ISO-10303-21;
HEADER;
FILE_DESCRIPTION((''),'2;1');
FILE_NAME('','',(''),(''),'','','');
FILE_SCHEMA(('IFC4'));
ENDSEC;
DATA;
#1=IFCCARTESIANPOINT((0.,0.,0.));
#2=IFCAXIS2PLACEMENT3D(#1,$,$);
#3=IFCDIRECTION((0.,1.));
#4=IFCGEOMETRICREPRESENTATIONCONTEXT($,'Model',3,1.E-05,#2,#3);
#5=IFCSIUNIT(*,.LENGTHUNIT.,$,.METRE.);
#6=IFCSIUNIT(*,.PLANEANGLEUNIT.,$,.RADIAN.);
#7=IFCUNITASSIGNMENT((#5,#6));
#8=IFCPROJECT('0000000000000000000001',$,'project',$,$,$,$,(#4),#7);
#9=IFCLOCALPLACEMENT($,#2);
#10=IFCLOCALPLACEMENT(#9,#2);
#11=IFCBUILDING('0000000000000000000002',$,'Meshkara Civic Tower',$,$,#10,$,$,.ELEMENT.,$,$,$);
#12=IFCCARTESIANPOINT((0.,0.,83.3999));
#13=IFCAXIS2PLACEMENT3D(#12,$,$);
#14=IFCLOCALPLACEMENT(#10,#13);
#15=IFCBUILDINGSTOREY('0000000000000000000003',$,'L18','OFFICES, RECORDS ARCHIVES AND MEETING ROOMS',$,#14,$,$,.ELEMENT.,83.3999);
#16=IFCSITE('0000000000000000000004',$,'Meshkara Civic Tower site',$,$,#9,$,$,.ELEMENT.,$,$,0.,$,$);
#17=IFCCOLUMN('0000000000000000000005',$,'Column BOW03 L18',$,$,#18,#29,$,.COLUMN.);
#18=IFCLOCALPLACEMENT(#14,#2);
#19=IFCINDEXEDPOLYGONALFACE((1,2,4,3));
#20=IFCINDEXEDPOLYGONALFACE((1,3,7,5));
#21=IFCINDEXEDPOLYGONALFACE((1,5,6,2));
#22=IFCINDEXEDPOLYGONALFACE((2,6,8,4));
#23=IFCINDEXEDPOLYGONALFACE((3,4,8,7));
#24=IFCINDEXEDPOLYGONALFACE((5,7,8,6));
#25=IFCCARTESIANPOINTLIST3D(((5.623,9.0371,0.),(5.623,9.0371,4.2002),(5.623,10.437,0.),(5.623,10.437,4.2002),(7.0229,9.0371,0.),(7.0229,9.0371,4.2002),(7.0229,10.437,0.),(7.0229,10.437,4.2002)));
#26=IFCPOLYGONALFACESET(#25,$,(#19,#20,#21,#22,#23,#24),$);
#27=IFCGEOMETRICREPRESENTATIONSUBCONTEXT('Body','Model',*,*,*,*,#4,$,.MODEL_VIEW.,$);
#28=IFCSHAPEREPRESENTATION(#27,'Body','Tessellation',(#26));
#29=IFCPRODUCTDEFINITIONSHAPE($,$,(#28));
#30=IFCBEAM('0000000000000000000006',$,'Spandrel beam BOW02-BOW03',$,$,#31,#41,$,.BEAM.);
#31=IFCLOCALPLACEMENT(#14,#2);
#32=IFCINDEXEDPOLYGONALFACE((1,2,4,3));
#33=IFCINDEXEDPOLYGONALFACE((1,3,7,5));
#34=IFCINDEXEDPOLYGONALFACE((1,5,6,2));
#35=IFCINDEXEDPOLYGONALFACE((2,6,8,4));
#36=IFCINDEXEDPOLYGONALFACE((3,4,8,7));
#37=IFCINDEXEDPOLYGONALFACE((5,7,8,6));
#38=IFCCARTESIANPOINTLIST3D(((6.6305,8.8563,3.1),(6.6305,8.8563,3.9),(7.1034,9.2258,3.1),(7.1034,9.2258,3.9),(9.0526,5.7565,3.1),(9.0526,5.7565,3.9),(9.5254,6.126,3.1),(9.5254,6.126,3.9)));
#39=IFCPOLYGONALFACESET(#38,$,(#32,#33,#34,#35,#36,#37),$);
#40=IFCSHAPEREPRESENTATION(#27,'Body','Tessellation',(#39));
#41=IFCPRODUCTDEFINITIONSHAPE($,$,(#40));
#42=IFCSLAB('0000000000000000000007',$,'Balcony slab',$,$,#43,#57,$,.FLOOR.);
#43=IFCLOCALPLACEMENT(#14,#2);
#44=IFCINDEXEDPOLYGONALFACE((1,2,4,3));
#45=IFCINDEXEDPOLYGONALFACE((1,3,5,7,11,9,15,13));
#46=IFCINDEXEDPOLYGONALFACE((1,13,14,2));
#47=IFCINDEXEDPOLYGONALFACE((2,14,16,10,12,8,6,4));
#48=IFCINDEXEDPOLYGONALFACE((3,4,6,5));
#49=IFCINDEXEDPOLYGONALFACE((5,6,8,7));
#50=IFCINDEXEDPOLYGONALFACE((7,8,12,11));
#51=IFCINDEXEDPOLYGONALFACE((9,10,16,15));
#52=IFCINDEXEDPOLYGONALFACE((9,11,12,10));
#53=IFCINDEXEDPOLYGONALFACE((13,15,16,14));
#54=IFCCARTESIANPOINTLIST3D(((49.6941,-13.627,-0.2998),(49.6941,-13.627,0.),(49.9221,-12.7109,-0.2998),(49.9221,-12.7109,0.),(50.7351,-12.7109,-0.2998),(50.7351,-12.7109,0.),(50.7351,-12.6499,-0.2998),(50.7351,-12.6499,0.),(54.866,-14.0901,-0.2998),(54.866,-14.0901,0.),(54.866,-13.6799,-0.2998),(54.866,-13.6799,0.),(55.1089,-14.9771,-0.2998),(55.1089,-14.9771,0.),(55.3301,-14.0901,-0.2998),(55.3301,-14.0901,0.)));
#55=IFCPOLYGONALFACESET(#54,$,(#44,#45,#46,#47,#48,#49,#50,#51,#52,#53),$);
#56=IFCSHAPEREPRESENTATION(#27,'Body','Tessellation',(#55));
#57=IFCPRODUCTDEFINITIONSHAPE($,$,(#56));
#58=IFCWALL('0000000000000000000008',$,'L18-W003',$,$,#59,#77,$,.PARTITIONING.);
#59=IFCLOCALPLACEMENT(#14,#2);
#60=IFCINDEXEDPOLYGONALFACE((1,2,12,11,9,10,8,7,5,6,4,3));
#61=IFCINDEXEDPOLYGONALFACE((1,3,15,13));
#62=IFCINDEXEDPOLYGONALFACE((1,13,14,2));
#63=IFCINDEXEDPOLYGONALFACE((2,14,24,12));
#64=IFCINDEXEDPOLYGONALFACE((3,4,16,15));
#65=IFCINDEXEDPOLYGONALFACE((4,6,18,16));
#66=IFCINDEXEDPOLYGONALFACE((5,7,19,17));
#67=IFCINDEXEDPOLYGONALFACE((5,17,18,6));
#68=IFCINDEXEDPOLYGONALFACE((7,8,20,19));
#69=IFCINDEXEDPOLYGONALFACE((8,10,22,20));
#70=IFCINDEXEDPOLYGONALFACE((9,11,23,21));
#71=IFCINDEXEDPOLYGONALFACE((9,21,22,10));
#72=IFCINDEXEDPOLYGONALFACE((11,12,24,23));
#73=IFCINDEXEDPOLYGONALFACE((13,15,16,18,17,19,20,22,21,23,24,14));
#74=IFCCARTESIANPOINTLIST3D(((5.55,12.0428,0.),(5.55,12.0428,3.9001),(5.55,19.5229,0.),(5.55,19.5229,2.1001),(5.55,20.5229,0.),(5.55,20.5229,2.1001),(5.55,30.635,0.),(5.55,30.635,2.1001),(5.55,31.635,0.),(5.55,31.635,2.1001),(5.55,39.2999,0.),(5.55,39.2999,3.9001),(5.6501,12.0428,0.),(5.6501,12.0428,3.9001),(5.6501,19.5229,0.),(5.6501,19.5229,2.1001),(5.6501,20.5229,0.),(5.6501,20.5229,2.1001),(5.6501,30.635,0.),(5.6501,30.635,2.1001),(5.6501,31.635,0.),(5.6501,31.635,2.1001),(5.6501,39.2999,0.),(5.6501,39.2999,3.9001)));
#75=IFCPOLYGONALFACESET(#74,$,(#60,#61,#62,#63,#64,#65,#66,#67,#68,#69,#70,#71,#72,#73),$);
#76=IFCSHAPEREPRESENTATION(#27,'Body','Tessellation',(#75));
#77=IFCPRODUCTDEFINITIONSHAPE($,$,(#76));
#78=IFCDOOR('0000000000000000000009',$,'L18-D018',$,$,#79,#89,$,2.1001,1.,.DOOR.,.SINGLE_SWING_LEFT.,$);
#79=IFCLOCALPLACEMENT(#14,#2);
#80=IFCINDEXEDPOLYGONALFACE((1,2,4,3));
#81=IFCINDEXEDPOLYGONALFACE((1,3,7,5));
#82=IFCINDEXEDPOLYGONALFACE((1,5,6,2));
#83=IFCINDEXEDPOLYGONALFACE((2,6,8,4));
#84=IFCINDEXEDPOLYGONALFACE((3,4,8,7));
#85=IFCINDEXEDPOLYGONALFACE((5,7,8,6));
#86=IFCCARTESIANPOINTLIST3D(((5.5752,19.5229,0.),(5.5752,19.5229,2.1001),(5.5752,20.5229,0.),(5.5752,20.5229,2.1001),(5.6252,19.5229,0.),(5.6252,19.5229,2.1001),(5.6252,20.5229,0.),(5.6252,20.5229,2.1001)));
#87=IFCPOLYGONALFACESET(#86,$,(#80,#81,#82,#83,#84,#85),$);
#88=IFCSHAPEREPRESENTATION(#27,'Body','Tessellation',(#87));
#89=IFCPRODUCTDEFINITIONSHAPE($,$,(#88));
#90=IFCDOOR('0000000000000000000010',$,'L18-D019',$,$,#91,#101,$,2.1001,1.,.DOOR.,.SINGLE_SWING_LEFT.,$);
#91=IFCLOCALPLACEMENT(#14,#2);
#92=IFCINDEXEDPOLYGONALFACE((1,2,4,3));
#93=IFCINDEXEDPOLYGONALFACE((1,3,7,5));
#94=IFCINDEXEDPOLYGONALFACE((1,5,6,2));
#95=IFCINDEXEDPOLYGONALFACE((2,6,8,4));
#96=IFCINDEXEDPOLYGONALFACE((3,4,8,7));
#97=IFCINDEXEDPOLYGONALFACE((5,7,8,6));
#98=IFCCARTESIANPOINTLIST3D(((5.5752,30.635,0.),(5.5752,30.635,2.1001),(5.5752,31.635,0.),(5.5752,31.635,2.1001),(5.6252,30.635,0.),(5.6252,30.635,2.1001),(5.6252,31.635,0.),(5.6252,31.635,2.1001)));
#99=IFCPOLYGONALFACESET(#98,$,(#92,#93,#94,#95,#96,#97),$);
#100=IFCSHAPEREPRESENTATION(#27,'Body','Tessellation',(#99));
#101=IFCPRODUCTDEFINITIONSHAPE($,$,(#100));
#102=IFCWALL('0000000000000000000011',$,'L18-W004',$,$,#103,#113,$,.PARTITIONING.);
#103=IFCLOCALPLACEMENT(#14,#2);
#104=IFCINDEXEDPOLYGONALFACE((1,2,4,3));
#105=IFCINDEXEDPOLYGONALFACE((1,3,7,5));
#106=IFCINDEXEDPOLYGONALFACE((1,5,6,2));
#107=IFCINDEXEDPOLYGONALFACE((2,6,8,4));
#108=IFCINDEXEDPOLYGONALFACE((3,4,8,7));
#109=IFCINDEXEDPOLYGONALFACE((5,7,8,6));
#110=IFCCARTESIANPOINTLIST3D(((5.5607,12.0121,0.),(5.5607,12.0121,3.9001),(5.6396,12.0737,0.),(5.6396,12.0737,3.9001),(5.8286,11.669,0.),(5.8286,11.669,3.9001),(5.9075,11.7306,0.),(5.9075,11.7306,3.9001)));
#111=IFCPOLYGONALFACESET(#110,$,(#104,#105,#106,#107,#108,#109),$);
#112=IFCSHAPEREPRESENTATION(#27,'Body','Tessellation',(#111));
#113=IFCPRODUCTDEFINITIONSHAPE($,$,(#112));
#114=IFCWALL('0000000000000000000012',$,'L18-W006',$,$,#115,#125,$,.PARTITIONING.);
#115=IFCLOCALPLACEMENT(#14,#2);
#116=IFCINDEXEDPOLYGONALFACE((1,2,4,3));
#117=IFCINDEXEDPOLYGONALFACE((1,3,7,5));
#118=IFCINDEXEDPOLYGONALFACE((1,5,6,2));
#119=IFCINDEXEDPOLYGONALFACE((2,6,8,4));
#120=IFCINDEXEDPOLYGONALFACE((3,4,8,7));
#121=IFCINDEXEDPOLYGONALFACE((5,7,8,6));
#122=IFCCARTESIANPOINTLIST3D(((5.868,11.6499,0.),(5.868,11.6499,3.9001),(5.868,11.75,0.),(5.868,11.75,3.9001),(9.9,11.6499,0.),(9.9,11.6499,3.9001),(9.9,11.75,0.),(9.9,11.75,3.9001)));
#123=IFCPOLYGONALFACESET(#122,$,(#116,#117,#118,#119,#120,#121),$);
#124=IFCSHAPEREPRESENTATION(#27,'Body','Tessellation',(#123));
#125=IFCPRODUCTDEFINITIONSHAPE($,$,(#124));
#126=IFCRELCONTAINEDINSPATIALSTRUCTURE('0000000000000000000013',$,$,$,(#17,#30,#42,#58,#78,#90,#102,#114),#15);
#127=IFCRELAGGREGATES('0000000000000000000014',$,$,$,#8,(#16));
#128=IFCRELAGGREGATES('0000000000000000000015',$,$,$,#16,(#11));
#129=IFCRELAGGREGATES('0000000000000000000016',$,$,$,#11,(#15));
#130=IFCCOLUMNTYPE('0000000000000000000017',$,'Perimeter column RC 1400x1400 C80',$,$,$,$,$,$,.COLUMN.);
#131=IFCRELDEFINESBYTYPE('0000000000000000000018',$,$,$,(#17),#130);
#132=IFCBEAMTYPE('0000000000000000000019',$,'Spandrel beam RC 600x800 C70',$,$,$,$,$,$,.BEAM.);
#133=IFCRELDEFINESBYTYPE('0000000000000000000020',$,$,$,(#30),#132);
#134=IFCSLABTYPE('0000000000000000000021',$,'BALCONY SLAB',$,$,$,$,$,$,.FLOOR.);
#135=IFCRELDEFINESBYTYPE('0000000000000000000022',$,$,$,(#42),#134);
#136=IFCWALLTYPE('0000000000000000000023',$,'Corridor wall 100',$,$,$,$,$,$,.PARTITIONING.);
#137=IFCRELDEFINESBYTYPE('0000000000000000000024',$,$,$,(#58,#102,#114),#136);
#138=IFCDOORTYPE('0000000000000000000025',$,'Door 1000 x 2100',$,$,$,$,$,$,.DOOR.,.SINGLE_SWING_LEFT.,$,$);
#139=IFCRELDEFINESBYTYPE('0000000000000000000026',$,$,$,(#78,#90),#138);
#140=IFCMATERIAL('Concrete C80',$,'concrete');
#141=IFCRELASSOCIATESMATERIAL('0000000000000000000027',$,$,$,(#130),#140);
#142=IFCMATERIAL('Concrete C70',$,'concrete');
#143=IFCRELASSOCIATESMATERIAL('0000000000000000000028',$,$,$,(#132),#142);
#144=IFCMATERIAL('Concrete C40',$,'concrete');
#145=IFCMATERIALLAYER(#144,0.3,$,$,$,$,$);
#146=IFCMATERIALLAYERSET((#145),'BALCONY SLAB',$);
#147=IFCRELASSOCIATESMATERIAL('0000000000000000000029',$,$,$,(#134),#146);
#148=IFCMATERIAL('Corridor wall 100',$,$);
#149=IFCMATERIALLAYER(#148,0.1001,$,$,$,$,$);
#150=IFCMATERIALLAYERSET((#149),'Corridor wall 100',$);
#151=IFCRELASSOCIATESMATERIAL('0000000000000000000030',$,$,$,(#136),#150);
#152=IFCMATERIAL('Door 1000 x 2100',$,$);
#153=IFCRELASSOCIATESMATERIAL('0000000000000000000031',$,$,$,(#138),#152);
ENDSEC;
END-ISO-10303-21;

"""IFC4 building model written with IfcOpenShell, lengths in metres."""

from ifc_helpers import new_model, si_unit, direction, frame, frame_2d, origin, origin_2d, place, context, subcontext, project, spatial, polyline, rectangle, outline, extrude, material, layer, layer_set, material_profile, profile_set, type_object, element, fill, save


model = new_model("IFC4")

# Units and contexts
model_context = context("Model", 3, precision=1e-05, world=origin(), true_north=direction((0.0, 1.0)))
body_context = subcontext(model_context, "Body", "Model", "MODEL_VIEW")
ifc_project = project(units=[si_unit("LENGTHUNIT", "METRE"), si_unit("PLANEANGLEUNIT", "RADIAN")], contexts=[model_context])

# Site, building, storey
site_placement = place(None, origin())
site = spatial("IfcSite", under=ifc_project, at=site_placement, Name="Meshkara Civic Tower site", CompositionType="ELEMENT", RefElevation=0.0)
building_placement = place(site_placement, origin())
building = spatial("IfcBuilding", under=site, at=building_placement, Name="Meshkara Civic Tower", CompositionType="ELEMENT")
storey_placement = place(building_placement, frame((0.0, 0.0, 83.3999)))
storey = spatial("IfcBuildingStorey", under=building, at=storey_placement, Name="L18", Description="OFFICES, RECORDS ARCHIVES AND MEETING ROOMS", CompositionType="ELEMENT", Elevation=83.3999)

# Column
ifc_material_1 = material(Name="Concrete C80", Category="concrete")
ifc_material_profile_1 = material_profile(ifc_material_1, rectangle(XDim=1.3999, YDim=1.3999, at=origin_2d()))
ifc_profile_set_1 = profile_set([ifc_material_profile_1], Name="Concrete C80")
column_type = type_object("IfcColumnType", Name="Perimeter column RC 1400x1400 C80", PredefinedType="COLUMN", material=ifc_profile_set_1)
column_placement = place(storey_placement, frame((6.323, 9.7371, 0.0), z_axis=(0.0, 0.0, 1.0), x_axis=(1.0, 0.0, 0.0)))
element("IfcColumn", 1, at=column_placement, inside=storey, type_object=column_type, Name="Column BOW03 L18", PredefinedType="COLUMN", context=body_context, shape_type="SweptSolid", body=[
    extrude(rectangle(XDim=1.3999, YDim=1.3999, at=origin_2d()), origin(), (0.0, 0.0, 1.0), 4.2002),
])

# Beam
ifc_material_2 = material(Name="Concrete C70", Category="concrete")
ifc_material_profile_2 = material_profile(ifc_material_2, rectangle(XDim=0.6001, YDim=0.8, at=origin_2d()))
ifc_profile_set_2 = profile_set([ifc_material_profile_2], Name="Concrete C70")
beam_type = type_object("IfcBeamType", Name="Spandrel beam RC 600x800 C70", PredefinedType="BEAM", material=ifc_profile_set_2)
beam_placement = place(storey_placement, frame((6.8669, 9.041, 3.5), z_axis=(0.615701, -0.78798, 0.0), x_axis=(0.78798, 0.615701, 0.0)))
element("IfcBeam", 2, at=beam_placement, inside=storey, type_object=beam_type, Name="Spandrel beam BOW02-BOW03", PredefinedType="BEAM", context=body_context, shape_type="SweptSolid", body=[
    extrude(rectangle(XDim=0.6001, YDim=0.8, at=origin_2d()), origin(), (0.0, 0.0, 1.0), 3.9338),
])

# Slab
ifc_material_3 = material(Name="Concrete C40", Category="concrete")
ifc_layer_1 = layer(ifc_material_3, 0.3)
ifc_layer_set_1 = layer_set([ifc_layer_1], Name="BALCONY SLAB")
slab_type = type_object("IfcSlabType", Name="BALCONY SLAB", PredefinedType="FLOOR", material=ifc_layer_set_1)
slab_placement = place(storey_placement, frame((0.0, 0.0, -0.2998)))
element("IfcSlab", 3, at=slab_placement, inside=storey, type_object=slab_type, Name="Balcony slab", PredefinedType="FLOOR", context=body_context, shape_type="SweptSolid", body=[
    extrude(outline(polyline([(55.1089, -14.9771), (49.6941, -13.627), (49.9221, -12.7109), (50.7351, -12.7109), (50.7351, -12.6499), (54.866, -13.6799), (54.866, -14.0901), (55.3301, -14.0901), (55.1089, -14.9771)])), origin(), (0.0, 0.0, 1.0), 0.2998),
])

# Wall, openings, doors
ifc_material_4 = material(Name="Corridor wall 100")
ifc_layer_2 = layer(ifc_material_4, 0.1001)
ifc_layer_set_2 = layer_set([ifc_layer_2], Name="Corridor wall 100")
wall_type_1 = type_object("IfcWallType", Name="Corridor wall 100", PredefinedType="PARTITIONING", material=ifc_layer_set_2)
wall_1_placement = place(storey_placement, frame((5.6001, 12.043, 0.0), z_axis=(0.0, 0.0, 1.0), x_axis=(0.0, 1.0, 0.0)))
wall_1 = element("IfcWall", 4, at=wall_1_placement, inside=storey, type_object=wall_type_1, Name="L18-W003", PredefinedType="PARTITIONING", context=body_context, shape_type="SweptSolid", body=[
    extrude(rectangle(XDim=27.2571, YDim=0.1001, at=frame_2d((13.6284, 0.0))), origin(), (0.0, 0.0, 1.0), 3.9001),
])
opening_1_placement = place(wall_1_placement, frame((7.48, 0.0, 0.0)))
opening_1 = element("IfcOpeningElement", 5, at=opening_1_placement, cuts=wall_1, PredefinedType="OPENING", context=body_context, shape_type="SweptSolid", body=[
    extrude(rectangle(XDim=1.0, YDim=2.1001, at=frame_2d((0.5, 1.05))), frame((0.0, 0.0601, 0.0), z_axis=(0.0, -1.0, 0.0), x_axis=(1.0, 0.0, 0.0)), (0.0, 0.0, 1.0), 0.1201),
])
opening_2_placement = place(wall_1_placement, frame((18.592, 0.0, 0.0)))
opening_2 = element("IfcOpeningElement", 6, at=opening_2_placement, cuts=wall_1, PredefinedType="OPENING", context=body_context, shape_type="SweptSolid", body=[
    extrude(rectangle(XDim=1.0, YDim=2.1001, at=frame_2d((0.5, 1.05))), frame((0.0, 0.0601, 0.0), z_axis=(0.0, -1.0, 0.0), x_axis=(1.0, 0.0, 0.0)), (0.0, 0.0, 1.0), 0.1201),
])
ifc_material_5 = material(Name="Door 1000 x 2100")
door_type_1 = type_object("IfcDoorType", Name="Door 1000 x 2100", OperationType="SINGLE_SWING_LEFT", PredefinedType="DOOR", material=ifc_material_5)
door_1_placement = place(opening_1_placement, origin())
door_1 = element("IfcDoor", 7, at=door_1_placement, inside=storey, type_object=door_type_1, Name="L18-D018", OperationType="SINGLE_SWING_LEFT", OverallHeight=2.1001, OverallWidth=1.0, PredefinedType="DOOR", context=body_context, shape_type="SweptSolid", body=[
    extrude(rectangle(XDim=1.0, YDim=2.1001, at=frame_2d((0.5, 1.05))), frame((0.0, 0.0249, 0.0), z_axis=(0.0, -1.0, 0.0), x_axis=(1.0, 0.0, 0.0)), (0.0, 0.0, 1.0), 0.05),
])
fill(opening_1, door_1)
door_2_placement = place(opening_2_placement, origin())
door_2 = element("IfcDoor", 8, at=door_2_placement, inside=storey, type_object=door_type_1, Name="L18-D019", OperationType="SINGLE_SWING_LEFT", OverallHeight=2.1001, OverallWidth=1.0, PredefinedType="DOOR", context=body_context, shape_type="SweptSolid", body=[
    extrude(rectangle(XDim=1.0, YDim=2.1001, at=frame_2d((0.5, 1.05))), frame((0.0, 0.0249, 0.0), z_axis=(0.0, -1.0, 0.0), x_axis=(1.0, 0.0, 0.0)), (0.0, 0.0, 1.0), 0.05),
])
fill(opening_2, door_2)

# Walls
wall_2_placement = place(storey_placement, frame((5.6001, 12.043, 0.0), z_axis=(0.0, 0.0, 1.0), x_axis=(0.615415, -0.788203, 0.0)))
element("IfcWall", 9, at=wall_2_placement, inside=storey, type_object=wall_type_1, Name="L18-W004", PredefinedType="PARTITIONING", context=body_context, shape_type="SweptSolid", body=[
    extrude(rectangle(XDim=0.4353, YDim=0.1001, at=frame_2d((0.2178, 0.0))), origin(), (0.0, 0.0, 1.0), 3.9001),
])
wall_3_placement = place(storey_placement, frame((5.8679, 11.7, 0.0), z_axis=(0.0, 0.0, 1.0), x_axis=(1.0, 0.0, 0.0)))
element("IfcWall", 10, at=wall_3_placement, inside=storey, type_object=wall_type_1, Name="L18-W006", PredefinedType="PARTITIONING", context=body_context, shape_type="SweptSolid", body=[
    extrude(rectangle(XDim=4.032, YDim=0.1001, at=frame_2d((2.0161, 0.0))), origin(), (0.0, 0.0, 1.0), 3.9001),
])

save(model, "model.ifc")
